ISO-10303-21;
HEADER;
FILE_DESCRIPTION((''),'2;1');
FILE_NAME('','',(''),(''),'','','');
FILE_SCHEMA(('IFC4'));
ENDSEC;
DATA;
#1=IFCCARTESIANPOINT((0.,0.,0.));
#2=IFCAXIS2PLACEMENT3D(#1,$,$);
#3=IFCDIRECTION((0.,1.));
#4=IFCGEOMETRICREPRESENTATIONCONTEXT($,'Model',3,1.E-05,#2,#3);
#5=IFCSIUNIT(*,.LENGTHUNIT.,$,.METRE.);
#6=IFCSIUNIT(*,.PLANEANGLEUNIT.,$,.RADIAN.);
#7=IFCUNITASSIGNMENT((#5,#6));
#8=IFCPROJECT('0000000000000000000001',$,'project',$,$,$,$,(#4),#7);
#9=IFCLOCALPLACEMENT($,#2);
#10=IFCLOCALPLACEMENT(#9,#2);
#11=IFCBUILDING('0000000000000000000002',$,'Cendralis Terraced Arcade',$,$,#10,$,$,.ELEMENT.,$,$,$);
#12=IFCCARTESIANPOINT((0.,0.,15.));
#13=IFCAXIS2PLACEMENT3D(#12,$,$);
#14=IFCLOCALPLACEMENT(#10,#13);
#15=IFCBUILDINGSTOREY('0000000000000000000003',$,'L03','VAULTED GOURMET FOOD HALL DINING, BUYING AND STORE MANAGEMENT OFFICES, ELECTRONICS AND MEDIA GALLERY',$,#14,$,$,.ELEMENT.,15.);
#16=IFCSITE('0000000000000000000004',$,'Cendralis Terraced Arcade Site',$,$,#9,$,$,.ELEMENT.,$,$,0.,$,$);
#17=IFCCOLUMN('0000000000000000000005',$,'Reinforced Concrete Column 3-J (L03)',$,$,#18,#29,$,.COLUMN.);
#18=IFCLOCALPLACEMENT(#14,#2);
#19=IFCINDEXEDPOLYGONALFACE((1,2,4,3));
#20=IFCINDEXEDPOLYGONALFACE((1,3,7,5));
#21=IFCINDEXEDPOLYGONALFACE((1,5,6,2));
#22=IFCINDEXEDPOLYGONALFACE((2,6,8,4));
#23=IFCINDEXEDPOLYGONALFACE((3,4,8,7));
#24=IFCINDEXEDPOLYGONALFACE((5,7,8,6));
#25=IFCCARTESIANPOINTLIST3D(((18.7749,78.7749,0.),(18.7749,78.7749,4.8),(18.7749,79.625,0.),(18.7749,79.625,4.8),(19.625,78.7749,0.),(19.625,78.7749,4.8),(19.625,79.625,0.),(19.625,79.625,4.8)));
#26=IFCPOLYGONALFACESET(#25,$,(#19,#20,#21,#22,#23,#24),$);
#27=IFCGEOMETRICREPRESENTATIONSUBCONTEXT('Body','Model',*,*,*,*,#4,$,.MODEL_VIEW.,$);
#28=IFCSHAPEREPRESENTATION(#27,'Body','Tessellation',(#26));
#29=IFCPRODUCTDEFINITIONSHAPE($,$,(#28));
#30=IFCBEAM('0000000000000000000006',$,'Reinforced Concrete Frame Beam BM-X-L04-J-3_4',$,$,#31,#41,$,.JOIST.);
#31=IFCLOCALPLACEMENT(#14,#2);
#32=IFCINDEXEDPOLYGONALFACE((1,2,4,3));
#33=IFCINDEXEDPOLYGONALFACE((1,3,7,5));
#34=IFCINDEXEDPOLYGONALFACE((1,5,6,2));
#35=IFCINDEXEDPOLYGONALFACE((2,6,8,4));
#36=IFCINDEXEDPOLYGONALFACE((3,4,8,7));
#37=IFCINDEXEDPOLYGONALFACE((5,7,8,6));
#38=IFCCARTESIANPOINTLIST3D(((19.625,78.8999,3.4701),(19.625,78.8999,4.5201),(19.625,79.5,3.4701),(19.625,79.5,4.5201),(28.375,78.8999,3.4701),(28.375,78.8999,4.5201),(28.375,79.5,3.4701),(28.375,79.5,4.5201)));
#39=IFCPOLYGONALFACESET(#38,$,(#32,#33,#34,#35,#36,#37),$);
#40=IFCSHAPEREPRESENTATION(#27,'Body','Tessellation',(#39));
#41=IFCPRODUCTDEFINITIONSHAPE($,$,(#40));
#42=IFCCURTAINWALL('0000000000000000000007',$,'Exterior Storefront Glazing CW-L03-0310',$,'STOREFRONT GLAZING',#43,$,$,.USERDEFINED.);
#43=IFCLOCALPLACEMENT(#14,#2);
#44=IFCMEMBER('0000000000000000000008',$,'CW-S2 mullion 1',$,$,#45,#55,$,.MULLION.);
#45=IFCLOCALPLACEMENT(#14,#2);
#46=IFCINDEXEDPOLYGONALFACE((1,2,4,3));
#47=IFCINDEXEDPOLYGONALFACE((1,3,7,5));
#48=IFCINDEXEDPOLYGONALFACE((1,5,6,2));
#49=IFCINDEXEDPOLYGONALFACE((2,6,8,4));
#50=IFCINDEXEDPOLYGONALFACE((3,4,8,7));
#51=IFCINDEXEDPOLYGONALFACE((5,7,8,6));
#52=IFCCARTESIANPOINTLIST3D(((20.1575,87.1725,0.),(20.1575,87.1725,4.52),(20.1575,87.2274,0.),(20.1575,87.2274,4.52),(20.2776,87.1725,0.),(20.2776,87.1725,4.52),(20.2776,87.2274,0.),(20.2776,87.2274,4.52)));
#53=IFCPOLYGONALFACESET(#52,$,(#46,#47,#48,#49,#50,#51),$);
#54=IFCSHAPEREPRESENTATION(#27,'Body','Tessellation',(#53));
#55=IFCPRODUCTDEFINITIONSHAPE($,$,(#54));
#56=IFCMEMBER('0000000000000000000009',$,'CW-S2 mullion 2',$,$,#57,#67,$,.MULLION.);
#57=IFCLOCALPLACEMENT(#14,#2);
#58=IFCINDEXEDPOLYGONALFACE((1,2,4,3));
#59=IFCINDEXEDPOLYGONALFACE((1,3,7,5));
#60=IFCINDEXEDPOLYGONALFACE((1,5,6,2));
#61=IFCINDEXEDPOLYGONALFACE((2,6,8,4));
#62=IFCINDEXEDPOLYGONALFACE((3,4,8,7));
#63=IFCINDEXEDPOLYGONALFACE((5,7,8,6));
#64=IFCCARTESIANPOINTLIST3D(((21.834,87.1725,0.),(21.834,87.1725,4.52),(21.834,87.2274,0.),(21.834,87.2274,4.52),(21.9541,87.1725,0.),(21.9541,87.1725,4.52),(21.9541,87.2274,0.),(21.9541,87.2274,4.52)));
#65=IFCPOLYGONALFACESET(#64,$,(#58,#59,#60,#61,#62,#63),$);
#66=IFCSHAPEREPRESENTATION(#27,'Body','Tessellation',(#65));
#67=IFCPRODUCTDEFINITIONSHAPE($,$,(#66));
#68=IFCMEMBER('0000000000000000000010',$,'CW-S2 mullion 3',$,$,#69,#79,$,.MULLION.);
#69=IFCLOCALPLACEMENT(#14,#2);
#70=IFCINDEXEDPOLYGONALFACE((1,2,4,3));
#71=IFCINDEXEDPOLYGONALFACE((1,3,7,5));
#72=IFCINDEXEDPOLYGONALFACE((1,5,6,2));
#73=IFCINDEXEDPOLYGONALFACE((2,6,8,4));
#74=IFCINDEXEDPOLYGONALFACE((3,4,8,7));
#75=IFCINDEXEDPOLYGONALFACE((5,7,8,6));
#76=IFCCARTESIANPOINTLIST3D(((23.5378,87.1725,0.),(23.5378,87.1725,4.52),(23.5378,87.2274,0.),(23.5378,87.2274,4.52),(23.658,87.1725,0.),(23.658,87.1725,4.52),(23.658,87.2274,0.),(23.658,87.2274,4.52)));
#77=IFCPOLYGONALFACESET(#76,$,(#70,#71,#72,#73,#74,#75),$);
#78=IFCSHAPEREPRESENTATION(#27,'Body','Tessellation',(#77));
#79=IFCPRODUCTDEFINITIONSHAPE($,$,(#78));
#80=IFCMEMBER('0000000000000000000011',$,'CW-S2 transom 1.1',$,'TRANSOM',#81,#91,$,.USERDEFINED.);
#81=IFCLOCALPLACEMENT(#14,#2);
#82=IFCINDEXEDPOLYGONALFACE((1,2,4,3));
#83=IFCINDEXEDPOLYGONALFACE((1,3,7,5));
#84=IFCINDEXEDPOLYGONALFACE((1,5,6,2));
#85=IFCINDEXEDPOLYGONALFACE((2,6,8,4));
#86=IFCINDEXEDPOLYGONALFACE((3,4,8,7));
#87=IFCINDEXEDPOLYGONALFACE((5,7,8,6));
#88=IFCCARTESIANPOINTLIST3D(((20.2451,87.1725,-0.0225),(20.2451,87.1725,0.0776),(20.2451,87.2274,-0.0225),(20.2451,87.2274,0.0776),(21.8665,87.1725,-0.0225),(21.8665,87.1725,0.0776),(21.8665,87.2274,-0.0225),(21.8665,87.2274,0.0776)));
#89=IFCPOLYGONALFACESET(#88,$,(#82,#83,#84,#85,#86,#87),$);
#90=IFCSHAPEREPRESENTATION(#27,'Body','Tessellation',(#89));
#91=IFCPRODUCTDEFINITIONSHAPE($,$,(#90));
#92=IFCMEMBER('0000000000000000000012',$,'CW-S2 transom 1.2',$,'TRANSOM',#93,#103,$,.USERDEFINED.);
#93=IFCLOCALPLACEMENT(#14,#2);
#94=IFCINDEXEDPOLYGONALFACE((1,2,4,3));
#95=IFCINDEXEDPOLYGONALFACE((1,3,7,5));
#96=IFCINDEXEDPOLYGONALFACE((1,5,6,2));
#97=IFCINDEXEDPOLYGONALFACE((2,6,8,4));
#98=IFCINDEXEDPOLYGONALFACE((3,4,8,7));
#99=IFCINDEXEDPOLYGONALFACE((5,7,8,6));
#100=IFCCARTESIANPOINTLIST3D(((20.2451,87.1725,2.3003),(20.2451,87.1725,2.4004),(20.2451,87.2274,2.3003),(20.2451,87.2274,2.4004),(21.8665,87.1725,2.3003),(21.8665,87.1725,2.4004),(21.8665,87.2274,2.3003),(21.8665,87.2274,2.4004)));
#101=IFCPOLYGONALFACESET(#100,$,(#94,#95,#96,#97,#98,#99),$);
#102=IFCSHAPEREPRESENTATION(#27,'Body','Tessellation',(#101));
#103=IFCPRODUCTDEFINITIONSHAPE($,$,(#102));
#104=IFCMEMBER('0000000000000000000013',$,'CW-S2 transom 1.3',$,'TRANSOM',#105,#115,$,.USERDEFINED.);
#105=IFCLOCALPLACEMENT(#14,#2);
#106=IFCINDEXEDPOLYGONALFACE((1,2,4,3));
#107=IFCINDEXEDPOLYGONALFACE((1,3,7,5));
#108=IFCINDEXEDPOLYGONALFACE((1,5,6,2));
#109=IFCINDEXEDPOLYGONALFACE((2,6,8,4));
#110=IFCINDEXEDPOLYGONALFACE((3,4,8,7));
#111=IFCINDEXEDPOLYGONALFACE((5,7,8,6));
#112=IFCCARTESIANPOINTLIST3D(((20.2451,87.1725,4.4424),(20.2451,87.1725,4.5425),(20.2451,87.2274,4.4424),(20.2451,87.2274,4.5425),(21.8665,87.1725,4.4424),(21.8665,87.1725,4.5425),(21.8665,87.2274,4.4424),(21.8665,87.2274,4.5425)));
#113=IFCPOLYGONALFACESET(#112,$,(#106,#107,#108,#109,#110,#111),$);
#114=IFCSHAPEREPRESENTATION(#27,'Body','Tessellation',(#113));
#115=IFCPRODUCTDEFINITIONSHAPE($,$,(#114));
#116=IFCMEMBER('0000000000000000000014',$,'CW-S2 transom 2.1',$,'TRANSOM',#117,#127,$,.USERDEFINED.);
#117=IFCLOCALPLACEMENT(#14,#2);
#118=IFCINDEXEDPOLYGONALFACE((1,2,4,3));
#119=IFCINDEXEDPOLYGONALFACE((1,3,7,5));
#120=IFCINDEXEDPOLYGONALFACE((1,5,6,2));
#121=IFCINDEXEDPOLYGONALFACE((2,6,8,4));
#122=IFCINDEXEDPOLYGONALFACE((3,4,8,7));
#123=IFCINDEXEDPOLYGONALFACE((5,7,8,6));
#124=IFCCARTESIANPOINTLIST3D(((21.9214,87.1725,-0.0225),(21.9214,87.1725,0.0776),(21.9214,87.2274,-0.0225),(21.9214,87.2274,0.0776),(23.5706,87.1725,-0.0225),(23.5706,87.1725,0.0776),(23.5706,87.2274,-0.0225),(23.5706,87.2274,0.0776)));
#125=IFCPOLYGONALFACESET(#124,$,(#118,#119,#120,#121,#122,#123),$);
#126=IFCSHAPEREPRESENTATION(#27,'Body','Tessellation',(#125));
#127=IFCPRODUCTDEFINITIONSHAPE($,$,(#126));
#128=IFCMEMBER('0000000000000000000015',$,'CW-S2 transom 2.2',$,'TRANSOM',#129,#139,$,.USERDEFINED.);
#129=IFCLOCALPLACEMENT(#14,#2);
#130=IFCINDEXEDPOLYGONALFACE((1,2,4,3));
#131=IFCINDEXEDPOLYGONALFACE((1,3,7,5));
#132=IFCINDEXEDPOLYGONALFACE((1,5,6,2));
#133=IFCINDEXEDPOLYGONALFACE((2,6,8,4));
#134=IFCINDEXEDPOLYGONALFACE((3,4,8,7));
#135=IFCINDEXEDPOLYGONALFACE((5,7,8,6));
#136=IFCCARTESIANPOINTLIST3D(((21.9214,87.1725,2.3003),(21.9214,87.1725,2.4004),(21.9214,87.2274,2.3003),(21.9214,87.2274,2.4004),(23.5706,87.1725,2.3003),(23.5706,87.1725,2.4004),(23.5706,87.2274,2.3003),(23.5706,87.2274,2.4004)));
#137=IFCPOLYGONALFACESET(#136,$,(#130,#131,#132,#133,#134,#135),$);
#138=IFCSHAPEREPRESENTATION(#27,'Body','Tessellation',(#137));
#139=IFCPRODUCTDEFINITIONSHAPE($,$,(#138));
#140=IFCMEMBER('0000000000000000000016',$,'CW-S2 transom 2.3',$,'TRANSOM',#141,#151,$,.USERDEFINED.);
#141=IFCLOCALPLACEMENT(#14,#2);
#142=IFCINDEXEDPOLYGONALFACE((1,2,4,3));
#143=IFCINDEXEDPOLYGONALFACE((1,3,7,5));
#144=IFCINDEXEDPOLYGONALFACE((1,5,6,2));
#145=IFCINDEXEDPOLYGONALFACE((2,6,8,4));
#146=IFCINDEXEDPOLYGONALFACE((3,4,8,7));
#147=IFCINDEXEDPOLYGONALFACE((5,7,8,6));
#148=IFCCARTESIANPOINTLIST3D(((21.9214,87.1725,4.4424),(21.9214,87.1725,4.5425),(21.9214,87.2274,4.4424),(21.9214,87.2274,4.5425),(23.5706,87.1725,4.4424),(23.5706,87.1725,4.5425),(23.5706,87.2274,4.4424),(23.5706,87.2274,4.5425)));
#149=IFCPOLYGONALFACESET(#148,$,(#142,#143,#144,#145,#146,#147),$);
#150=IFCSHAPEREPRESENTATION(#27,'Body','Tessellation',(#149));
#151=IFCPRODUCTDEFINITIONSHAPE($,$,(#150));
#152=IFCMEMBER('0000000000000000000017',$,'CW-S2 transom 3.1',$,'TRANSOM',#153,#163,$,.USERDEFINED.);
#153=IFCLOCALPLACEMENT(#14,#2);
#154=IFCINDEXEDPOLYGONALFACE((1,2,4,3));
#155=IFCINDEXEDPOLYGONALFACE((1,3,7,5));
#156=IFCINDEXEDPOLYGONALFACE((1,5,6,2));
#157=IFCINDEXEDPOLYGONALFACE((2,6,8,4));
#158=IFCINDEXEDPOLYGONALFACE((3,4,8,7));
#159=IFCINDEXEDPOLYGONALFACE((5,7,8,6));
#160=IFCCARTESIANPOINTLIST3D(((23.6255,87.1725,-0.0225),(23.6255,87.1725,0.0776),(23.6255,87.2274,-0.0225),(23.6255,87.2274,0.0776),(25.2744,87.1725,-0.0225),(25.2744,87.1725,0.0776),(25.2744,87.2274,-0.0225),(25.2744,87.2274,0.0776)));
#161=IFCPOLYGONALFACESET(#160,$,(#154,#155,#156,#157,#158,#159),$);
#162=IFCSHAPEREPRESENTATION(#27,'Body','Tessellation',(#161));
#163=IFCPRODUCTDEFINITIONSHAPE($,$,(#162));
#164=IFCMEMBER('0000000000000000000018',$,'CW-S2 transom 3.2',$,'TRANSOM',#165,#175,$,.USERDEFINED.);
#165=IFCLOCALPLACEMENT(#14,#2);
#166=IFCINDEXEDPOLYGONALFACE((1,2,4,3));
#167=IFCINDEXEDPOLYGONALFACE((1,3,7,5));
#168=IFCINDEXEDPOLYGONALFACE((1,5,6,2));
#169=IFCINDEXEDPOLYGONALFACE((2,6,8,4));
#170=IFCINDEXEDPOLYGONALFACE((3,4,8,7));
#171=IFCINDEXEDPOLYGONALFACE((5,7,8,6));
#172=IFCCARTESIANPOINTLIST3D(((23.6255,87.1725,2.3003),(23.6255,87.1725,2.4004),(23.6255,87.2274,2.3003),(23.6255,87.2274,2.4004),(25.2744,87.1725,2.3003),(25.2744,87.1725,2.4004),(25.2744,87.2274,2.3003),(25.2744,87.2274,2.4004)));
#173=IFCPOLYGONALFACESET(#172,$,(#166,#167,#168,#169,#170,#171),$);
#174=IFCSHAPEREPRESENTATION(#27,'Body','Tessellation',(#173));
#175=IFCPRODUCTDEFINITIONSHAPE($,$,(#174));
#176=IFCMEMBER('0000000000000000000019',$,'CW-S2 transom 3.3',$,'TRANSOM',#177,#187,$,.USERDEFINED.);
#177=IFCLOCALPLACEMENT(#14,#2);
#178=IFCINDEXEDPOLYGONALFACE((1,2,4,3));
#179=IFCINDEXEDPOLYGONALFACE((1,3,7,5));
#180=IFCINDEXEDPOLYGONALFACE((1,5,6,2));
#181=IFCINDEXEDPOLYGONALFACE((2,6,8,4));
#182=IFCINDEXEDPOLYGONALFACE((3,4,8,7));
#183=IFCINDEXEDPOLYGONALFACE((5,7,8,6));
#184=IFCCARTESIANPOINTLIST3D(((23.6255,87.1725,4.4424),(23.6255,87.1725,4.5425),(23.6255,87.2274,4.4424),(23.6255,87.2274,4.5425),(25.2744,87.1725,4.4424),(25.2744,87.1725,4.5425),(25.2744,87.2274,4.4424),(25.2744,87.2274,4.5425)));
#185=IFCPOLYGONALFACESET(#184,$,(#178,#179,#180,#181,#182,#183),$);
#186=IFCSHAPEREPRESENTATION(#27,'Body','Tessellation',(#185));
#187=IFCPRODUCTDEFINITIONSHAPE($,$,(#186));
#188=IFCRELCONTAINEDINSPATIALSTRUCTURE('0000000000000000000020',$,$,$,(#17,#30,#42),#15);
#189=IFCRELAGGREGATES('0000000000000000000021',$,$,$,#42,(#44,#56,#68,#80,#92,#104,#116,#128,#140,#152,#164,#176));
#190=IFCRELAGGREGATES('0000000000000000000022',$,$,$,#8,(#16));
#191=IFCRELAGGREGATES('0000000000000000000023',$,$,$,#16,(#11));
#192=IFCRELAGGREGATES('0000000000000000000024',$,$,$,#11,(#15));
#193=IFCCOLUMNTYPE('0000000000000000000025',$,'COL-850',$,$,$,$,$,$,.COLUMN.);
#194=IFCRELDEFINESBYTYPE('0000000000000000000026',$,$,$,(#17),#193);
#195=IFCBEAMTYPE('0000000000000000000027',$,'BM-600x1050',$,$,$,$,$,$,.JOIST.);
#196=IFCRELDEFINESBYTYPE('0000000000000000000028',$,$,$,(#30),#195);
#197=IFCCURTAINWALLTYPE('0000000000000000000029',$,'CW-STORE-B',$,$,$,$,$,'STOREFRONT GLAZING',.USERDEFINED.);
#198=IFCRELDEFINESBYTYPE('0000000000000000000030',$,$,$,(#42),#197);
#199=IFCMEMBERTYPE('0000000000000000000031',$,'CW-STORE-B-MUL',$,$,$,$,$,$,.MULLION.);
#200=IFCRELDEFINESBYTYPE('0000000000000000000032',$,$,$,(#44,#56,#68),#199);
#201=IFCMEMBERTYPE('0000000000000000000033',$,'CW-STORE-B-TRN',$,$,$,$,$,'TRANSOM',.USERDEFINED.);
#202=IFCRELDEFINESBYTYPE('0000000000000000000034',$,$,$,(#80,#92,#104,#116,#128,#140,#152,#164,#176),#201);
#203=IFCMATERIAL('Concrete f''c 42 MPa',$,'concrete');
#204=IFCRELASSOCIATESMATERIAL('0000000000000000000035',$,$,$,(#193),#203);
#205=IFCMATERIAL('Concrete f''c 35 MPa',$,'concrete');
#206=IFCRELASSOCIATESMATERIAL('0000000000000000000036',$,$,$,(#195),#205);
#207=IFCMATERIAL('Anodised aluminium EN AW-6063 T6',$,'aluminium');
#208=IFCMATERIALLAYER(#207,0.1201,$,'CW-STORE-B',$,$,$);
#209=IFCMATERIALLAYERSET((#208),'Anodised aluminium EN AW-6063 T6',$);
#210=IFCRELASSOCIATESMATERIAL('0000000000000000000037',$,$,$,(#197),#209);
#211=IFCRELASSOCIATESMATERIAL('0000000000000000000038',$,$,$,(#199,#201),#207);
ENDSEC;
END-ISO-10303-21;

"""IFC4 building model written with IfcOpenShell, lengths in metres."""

from ifc_helpers import new_model, si_unit, direction, frame, origin, origin_2d, place, context, subcontext, project, spatial, rectangle, extrude, material, layer, layer_set, material_profile, profile_set, type_object, element, aggregate, save


model = new_model("IFC4")

# Units and contexts
model_context = context("Model", 3, precision=1e-05, world=origin(), true_north=direction((0.0, 1.0)))
body_context = subcontext(model_context, "Body", "Model", "MODEL_VIEW")
ifc_project = project(units=[si_unit("LENGTHUNIT", "METRE"), si_unit("PLANEANGLEUNIT", "RADIAN")], contexts=[model_context])

# Site, building, storey
site_placement = place(None, origin())
site = spatial("IfcSite", under=ifc_project, at=site_placement, Name="Cendralis Terraced Arcade Site", CompositionType="ELEMENT", RefElevation=0.0)
building_placement = place(site_placement, origin())
building = spatial("IfcBuilding", under=site, at=building_placement, Name="Cendralis Terraced Arcade", CompositionType="ELEMENT")
storey_placement = place(building_placement, frame((0.0, 0.0, 15.0)))
storey = spatial("IfcBuildingStorey", under=building, at=storey_placement, Name="L03", Description="VAULTED GOURMET FOOD HALL DINING, BUYING AND STORE MANAGEMENT OFFICES, ELECTRONICS AND MEDIA GALLERY", CompositionType="ELEMENT", Elevation=15.0)

# Column
ifc_material_1 = material(Name="Concrete f'c 42 MPa", Category="concrete")
ifc_material_profile_1 = material_profile(ifc_material_1, rectangle(XDim=0.8501, YDim=0.8501, at=origin_2d()), Name="RC-COL-850x850", Category="LoadBearing")
ifc_profile_set_1 = profile_set([ifc_material_profile_1], Name="Concrete f'c 42 MPa")
column_type = type_object("IfcColumnType", Name="COL-850", PredefinedType="COLUMN", material=ifc_profile_set_1)
column_placement = place(storey_placement, frame((19.2, 79.2, 0.0), z_axis=(0.0, 0.0, 1.0), x_axis=(1.0, 0.0, 0.0)))
element("IfcColumn", 1, at=column_placement, inside=storey, type_object=column_type, Name="Reinforced Concrete Column 3-J (L03)", PredefinedType="COLUMN", context=body_context, shape_type="SweptSolid", body=[
    extrude(rectangle(XDim=0.8501, YDim=0.8501, at=origin_2d()), origin(), (0.0, 0.0, 1.0), 4.8),
])

# Beam
ifc_material_2 = material(Name="Concrete f'c 35 MPa", Category="concrete")
ifc_material_profile_2 = material_profile(ifc_material_2, rectangle(XDim=0.6001, YDim=1.05, at=origin_2d()), Name="RC-BM-600x1050", Category="LoadBearing")
ifc_profile_set_2 = profile_set([ifc_material_profile_2], Name="Concrete f'c 35 MPa")
beam_type = type_object("IfcBeamType", Name="BM-600x1050", PredefinedType="JOIST", material=ifc_profile_set_2)
beam_placement = place(storey_placement, frame((19.625, 79.2, 3.9951), z_axis=(1.0, 0.0, 0.0), x_axis=(0.0, 1.0, 0.0)))
element("IfcBeam", 2, at=beam_placement, inside=storey, type_object=beam_type, Name="Reinforced Concrete Frame Beam BM-X-L04-J-3_4", PredefinedType="JOIST", context=body_context, shape_type="SweptSolid", body=[
    extrude(rectangle(XDim=0.6001, YDim=1.05, at=origin_2d()), origin(), (0.0, 0.0, 1.0), 8.75),
])

# Curtain wall, members
ifc_material_3 = material(Name="Anodised aluminium EN AW-6063 T6", Category="aluminium")
ifc_layer_1 = layer(ifc_material_3, 0.1201, Name="CW-STORE-B")
ifc_layer_set_1 = layer_set([ifc_layer_1], Name="Anodised aluminium EN AW-6063 T6")
curtain_wall_type_1 = type_object("IfcCurtainWallType", Name="CW-STORE-B", ElementType="STOREFRONT GLAZING", PredefinedType="USERDEFINED", material=ifc_layer_set_1)
curtain_wall_1_placement = place(storey_placement, origin())
curtain_wall_1 = element("IfcCurtainWall", 3, at=curtain_wall_1_placement, inside=storey, type_object=curtain_wall_type_1, Name="Exterior Storefront Glazing CW-L03-0310", ObjectType="STOREFRONT GLAZING", PredefinedType="USERDEFINED")
ifc_material_profile_3 = material_profile(ifc_material_3, rectangle(XDim=0.0549, YDim=0.1201, at=origin_2d()), Name="ALU-MUL-55x120")
ifc_profile_set_3 = profile_set([ifc_material_profile_3], Name="Anodised aluminium EN AW-6063 T6")
member_type_1 = type_object("IfcMemberType", Name="CW-STORE-B-MUL", PredefinedType="MULLION", material=ifc_profile_set_3)
member_1_placement = place(storey_placement, frame((20.2175, 87.2, 0.0), z_axis=(0.0, 0.0, 1.0), x_axis=(0.0, 1.0, 0.0)))
member_1 = element("IfcMember", 4, at=member_1_placement, type_object=member_type_1, Name="CW-S2 mullion 1", PredefinedType="MULLION", context=body_context, shape_type="SweptSolid", body=[
    extrude(rectangle(XDim=0.0549, YDim=0.1201, at=origin_2d()), origin(), (0.0, 0.0, 1.0), 4.52),
])
member_2_placement = place(storey_placement, frame((21.894, 87.2, 0.0), z_axis=(0.0, 0.0, 1.0), x_axis=(0.0, 1.0, 0.0)))
member_2 = element("IfcMember", 5, at=member_2_placement, type_object=member_type_1, Name="CW-S2 mullion 2", PredefinedType="MULLION", context=body_context, shape_type="SweptSolid", body=[
    extrude(rectangle(XDim=0.0549, YDim=0.1201, at=origin_2d()), origin(), (0.0, 0.0, 1.0), 4.52),
])
member_3_placement = place(storey_placement, frame((23.5979, 87.2, 0.0), z_axis=(0.0, 0.0, 1.0), x_axis=(0.0, 1.0, 0.0)))
member_3 = element("IfcMember", 6, at=member_3_placement, type_object=member_type_1, Name="CW-S2 mullion 3", PredefinedType="MULLION", context=body_context, shape_type="SweptSolid", body=[
    extrude(rectangle(XDim=0.0549, YDim=0.1201, at=origin_2d()), origin(), (0.0, 0.0, 1.0), 4.52),
])
ifc_material_profile_4 = material_profile(ifc_material_3, rectangle(XDim=0.0549, YDim=0.1001, at=origin_2d()), Name="ALU-TRN-55x100")
ifc_profile_set_4 = profile_set([ifc_material_profile_4], Name="Anodised aluminium EN AW-6063 T6")
member_type_2 = type_object("IfcMemberType", Name="CW-STORE-B-TRN", ElementType="TRANSOM", PredefinedType="USERDEFINED", material=ifc_profile_set_4)
member_4_placement = place(storey_placement, frame((20.2451, 87.2, 0.0276), z_axis=(1.0, 0.0, 0.0), x_axis=(0.0, 1.0, 0.0)))
member_4 = element("IfcMember", 7, at=member_4_placement, type_object=member_type_2, Name="CW-S2 transom 1.1", ObjectType="TRANSOM", PredefinedType="USERDEFINED", context=body_context, shape_type="SweptSolid", body=[
    extrude(rectangle(XDim=0.0549, YDim=0.1001, at=origin_2d()), origin(), (0.0, 0.0, 1.0), 1.6213),
])
member_5_placement = place(storey_placement, frame((20.2451, 87.2, 2.3503), z_axis=(1.0, 0.0, 0.0), x_axis=(0.0, 1.0, 0.0)))
member_5 = element("IfcMember", 8, at=member_5_placement, type_object=member_type_2, Name="CW-S2 transom 1.2", ObjectType="TRANSOM", PredefinedType="USERDEFINED", context=body_context, shape_type="SweptSolid", body=[
    extrude(rectangle(XDim=0.0549, YDim=0.1001, at=origin_2d()), origin(), (0.0, 0.0, 1.0), 1.6213),
])
member_6_placement = place(storey_placement, frame((20.2451, 87.2, 4.4924), z_axis=(1.0, 0.0, 0.0), x_axis=(0.0, 1.0, 0.0)))
member_6 = element("IfcMember", 9, at=member_6_placement, type_object=member_type_2, Name="CW-S2 transom 1.3", ObjectType="TRANSOM", PredefinedType="USERDEFINED", context=body_context, shape_type="SweptSolid", body=[
    extrude(rectangle(XDim=0.0549, YDim=0.1001, at=origin_2d()), origin(), (0.0, 0.0, 1.0), 1.6213),
])
member_7_placement = place(storey_placement, frame((21.9214, 87.2, 0.0276), z_axis=(1.0, 0.0, 0.0), x_axis=(0.0, 1.0, 0.0)))
member_7 = element("IfcMember", 10, at=member_7_placement, type_object=member_type_2, Name="CW-S2 transom 2.1", ObjectType="TRANSOM", PredefinedType="USERDEFINED", context=body_context, shape_type="SweptSolid", body=[
    extrude(rectangle(XDim=0.0549, YDim=0.1001, at=origin_2d()), origin(), (0.0, 0.0, 1.0), 1.6492),
])
member_8_placement = place(storey_placement, frame((21.9214, 87.2, 2.3503), z_axis=(1.0, 0.0, 0.0), x_axis=(0.0, 1.0, 0.0)))
member_8 = element("IfcMember", 11, at=member_8_placement, type_object=member_type_2, Name="CW-S2 transom 2.2", ObjectType="TRANSOM", PredefinedType="USERDEFINED", context=body_context, shape_type="SweptSolid", body=[
    extrude(rectangle(XDim=0.0549, YDim=0.1001, at=origin_2d()), origin(), (0.0, 0.0, 1.0), 1.6492),
])
member_9_placement = place(storey_placement, frame((21.9214, 87.2, 4.4924), z_axis=(1.0, 0.0, 0.0), x_axis=(0.0, 1.0, 0.0)))
member_9 = element("IfcMember", 12, at=member_9_placement, type_object=member_type_2, Name="CW-S2 transom 2.3", ObjectType="TRANSOM", PredefinedType="USERDEFINED", context=body_context, shape_type="SweptSolid", body=[
    extrude(rectangle(XDim=0.0549, YDim=0.1001, at=origin_2d()), origin(), (0.0, 0.0, 1.0), 1.6492),
])
member_10_placement = place(storey_placement, frame((23.6255, 87.2, 0.0276), z_axis=(1.0, 0.0, 0.0), x_axis=(0.0, 1.0, 0.0)))
member_10 = element("IfcMember", 13, at=member_10_placement, type_object=member_type_2, Name="CW-S2 transom 3.1", ObjectType="TRANSOM", PredefinedType="USERDEFINED", context=body_context, shape_type="SweptSolid", body=[
    extrude(rectangle(XDim=0.0549, YDim=0.1001, at=origin_2d()), origin(), (0.0, 0.0, 1.0), 1.6489),
])
member_11_placement = place(storey_placement, frame((23.6255, 87.2, 2.3503), z_axis=(1.0, 0.0, 0.0), x_axis=(0.0, 1.0, 0.0)))
member_11 = element("IfcMember", 14, at=member_11_placement, type_object=member_type_2, Name="CW-S2 transom 3.2", ObjectType="TRANSOM", PredefinedType="USERDEFINED", context=body_context, shape_type="SweptSolid", body=[
    extrude(rectangle(XDim=0.0549, YDim=0.1001, at=origin_2d()), origin(), (0.0, 0.0, 1.0), 1.6489),
])
member_12_placement = place(storey_placement, frame((23.6255, 87.2, 4.4924), z_axis=(1.0, 0.0, 0.0), x_axis=(0.0, 1.0, 0.0)))
member_12 = element("IfcMember", 15, at=member_12_placement, type_object=member_type_2, Name="CW-S2 transom 3.3", ObjectType="TRANSOM", PredefinedType="USERDEFINED", context=body_context, shape_type="SweptSolid", body=[
    extrude(rectangle(XDim=0.0549, YDim=0.1001, at=origin_2d()), origin(), (0.0, 0.0, 1.0), 1.6489),
])

aggregate(curtain_wall_1, [member_1, member_2, member_3, member_4, member_5, member_6, member_7, member_8, member_9, member_10, member_11, member_12])

save(model, "model.ifc")
